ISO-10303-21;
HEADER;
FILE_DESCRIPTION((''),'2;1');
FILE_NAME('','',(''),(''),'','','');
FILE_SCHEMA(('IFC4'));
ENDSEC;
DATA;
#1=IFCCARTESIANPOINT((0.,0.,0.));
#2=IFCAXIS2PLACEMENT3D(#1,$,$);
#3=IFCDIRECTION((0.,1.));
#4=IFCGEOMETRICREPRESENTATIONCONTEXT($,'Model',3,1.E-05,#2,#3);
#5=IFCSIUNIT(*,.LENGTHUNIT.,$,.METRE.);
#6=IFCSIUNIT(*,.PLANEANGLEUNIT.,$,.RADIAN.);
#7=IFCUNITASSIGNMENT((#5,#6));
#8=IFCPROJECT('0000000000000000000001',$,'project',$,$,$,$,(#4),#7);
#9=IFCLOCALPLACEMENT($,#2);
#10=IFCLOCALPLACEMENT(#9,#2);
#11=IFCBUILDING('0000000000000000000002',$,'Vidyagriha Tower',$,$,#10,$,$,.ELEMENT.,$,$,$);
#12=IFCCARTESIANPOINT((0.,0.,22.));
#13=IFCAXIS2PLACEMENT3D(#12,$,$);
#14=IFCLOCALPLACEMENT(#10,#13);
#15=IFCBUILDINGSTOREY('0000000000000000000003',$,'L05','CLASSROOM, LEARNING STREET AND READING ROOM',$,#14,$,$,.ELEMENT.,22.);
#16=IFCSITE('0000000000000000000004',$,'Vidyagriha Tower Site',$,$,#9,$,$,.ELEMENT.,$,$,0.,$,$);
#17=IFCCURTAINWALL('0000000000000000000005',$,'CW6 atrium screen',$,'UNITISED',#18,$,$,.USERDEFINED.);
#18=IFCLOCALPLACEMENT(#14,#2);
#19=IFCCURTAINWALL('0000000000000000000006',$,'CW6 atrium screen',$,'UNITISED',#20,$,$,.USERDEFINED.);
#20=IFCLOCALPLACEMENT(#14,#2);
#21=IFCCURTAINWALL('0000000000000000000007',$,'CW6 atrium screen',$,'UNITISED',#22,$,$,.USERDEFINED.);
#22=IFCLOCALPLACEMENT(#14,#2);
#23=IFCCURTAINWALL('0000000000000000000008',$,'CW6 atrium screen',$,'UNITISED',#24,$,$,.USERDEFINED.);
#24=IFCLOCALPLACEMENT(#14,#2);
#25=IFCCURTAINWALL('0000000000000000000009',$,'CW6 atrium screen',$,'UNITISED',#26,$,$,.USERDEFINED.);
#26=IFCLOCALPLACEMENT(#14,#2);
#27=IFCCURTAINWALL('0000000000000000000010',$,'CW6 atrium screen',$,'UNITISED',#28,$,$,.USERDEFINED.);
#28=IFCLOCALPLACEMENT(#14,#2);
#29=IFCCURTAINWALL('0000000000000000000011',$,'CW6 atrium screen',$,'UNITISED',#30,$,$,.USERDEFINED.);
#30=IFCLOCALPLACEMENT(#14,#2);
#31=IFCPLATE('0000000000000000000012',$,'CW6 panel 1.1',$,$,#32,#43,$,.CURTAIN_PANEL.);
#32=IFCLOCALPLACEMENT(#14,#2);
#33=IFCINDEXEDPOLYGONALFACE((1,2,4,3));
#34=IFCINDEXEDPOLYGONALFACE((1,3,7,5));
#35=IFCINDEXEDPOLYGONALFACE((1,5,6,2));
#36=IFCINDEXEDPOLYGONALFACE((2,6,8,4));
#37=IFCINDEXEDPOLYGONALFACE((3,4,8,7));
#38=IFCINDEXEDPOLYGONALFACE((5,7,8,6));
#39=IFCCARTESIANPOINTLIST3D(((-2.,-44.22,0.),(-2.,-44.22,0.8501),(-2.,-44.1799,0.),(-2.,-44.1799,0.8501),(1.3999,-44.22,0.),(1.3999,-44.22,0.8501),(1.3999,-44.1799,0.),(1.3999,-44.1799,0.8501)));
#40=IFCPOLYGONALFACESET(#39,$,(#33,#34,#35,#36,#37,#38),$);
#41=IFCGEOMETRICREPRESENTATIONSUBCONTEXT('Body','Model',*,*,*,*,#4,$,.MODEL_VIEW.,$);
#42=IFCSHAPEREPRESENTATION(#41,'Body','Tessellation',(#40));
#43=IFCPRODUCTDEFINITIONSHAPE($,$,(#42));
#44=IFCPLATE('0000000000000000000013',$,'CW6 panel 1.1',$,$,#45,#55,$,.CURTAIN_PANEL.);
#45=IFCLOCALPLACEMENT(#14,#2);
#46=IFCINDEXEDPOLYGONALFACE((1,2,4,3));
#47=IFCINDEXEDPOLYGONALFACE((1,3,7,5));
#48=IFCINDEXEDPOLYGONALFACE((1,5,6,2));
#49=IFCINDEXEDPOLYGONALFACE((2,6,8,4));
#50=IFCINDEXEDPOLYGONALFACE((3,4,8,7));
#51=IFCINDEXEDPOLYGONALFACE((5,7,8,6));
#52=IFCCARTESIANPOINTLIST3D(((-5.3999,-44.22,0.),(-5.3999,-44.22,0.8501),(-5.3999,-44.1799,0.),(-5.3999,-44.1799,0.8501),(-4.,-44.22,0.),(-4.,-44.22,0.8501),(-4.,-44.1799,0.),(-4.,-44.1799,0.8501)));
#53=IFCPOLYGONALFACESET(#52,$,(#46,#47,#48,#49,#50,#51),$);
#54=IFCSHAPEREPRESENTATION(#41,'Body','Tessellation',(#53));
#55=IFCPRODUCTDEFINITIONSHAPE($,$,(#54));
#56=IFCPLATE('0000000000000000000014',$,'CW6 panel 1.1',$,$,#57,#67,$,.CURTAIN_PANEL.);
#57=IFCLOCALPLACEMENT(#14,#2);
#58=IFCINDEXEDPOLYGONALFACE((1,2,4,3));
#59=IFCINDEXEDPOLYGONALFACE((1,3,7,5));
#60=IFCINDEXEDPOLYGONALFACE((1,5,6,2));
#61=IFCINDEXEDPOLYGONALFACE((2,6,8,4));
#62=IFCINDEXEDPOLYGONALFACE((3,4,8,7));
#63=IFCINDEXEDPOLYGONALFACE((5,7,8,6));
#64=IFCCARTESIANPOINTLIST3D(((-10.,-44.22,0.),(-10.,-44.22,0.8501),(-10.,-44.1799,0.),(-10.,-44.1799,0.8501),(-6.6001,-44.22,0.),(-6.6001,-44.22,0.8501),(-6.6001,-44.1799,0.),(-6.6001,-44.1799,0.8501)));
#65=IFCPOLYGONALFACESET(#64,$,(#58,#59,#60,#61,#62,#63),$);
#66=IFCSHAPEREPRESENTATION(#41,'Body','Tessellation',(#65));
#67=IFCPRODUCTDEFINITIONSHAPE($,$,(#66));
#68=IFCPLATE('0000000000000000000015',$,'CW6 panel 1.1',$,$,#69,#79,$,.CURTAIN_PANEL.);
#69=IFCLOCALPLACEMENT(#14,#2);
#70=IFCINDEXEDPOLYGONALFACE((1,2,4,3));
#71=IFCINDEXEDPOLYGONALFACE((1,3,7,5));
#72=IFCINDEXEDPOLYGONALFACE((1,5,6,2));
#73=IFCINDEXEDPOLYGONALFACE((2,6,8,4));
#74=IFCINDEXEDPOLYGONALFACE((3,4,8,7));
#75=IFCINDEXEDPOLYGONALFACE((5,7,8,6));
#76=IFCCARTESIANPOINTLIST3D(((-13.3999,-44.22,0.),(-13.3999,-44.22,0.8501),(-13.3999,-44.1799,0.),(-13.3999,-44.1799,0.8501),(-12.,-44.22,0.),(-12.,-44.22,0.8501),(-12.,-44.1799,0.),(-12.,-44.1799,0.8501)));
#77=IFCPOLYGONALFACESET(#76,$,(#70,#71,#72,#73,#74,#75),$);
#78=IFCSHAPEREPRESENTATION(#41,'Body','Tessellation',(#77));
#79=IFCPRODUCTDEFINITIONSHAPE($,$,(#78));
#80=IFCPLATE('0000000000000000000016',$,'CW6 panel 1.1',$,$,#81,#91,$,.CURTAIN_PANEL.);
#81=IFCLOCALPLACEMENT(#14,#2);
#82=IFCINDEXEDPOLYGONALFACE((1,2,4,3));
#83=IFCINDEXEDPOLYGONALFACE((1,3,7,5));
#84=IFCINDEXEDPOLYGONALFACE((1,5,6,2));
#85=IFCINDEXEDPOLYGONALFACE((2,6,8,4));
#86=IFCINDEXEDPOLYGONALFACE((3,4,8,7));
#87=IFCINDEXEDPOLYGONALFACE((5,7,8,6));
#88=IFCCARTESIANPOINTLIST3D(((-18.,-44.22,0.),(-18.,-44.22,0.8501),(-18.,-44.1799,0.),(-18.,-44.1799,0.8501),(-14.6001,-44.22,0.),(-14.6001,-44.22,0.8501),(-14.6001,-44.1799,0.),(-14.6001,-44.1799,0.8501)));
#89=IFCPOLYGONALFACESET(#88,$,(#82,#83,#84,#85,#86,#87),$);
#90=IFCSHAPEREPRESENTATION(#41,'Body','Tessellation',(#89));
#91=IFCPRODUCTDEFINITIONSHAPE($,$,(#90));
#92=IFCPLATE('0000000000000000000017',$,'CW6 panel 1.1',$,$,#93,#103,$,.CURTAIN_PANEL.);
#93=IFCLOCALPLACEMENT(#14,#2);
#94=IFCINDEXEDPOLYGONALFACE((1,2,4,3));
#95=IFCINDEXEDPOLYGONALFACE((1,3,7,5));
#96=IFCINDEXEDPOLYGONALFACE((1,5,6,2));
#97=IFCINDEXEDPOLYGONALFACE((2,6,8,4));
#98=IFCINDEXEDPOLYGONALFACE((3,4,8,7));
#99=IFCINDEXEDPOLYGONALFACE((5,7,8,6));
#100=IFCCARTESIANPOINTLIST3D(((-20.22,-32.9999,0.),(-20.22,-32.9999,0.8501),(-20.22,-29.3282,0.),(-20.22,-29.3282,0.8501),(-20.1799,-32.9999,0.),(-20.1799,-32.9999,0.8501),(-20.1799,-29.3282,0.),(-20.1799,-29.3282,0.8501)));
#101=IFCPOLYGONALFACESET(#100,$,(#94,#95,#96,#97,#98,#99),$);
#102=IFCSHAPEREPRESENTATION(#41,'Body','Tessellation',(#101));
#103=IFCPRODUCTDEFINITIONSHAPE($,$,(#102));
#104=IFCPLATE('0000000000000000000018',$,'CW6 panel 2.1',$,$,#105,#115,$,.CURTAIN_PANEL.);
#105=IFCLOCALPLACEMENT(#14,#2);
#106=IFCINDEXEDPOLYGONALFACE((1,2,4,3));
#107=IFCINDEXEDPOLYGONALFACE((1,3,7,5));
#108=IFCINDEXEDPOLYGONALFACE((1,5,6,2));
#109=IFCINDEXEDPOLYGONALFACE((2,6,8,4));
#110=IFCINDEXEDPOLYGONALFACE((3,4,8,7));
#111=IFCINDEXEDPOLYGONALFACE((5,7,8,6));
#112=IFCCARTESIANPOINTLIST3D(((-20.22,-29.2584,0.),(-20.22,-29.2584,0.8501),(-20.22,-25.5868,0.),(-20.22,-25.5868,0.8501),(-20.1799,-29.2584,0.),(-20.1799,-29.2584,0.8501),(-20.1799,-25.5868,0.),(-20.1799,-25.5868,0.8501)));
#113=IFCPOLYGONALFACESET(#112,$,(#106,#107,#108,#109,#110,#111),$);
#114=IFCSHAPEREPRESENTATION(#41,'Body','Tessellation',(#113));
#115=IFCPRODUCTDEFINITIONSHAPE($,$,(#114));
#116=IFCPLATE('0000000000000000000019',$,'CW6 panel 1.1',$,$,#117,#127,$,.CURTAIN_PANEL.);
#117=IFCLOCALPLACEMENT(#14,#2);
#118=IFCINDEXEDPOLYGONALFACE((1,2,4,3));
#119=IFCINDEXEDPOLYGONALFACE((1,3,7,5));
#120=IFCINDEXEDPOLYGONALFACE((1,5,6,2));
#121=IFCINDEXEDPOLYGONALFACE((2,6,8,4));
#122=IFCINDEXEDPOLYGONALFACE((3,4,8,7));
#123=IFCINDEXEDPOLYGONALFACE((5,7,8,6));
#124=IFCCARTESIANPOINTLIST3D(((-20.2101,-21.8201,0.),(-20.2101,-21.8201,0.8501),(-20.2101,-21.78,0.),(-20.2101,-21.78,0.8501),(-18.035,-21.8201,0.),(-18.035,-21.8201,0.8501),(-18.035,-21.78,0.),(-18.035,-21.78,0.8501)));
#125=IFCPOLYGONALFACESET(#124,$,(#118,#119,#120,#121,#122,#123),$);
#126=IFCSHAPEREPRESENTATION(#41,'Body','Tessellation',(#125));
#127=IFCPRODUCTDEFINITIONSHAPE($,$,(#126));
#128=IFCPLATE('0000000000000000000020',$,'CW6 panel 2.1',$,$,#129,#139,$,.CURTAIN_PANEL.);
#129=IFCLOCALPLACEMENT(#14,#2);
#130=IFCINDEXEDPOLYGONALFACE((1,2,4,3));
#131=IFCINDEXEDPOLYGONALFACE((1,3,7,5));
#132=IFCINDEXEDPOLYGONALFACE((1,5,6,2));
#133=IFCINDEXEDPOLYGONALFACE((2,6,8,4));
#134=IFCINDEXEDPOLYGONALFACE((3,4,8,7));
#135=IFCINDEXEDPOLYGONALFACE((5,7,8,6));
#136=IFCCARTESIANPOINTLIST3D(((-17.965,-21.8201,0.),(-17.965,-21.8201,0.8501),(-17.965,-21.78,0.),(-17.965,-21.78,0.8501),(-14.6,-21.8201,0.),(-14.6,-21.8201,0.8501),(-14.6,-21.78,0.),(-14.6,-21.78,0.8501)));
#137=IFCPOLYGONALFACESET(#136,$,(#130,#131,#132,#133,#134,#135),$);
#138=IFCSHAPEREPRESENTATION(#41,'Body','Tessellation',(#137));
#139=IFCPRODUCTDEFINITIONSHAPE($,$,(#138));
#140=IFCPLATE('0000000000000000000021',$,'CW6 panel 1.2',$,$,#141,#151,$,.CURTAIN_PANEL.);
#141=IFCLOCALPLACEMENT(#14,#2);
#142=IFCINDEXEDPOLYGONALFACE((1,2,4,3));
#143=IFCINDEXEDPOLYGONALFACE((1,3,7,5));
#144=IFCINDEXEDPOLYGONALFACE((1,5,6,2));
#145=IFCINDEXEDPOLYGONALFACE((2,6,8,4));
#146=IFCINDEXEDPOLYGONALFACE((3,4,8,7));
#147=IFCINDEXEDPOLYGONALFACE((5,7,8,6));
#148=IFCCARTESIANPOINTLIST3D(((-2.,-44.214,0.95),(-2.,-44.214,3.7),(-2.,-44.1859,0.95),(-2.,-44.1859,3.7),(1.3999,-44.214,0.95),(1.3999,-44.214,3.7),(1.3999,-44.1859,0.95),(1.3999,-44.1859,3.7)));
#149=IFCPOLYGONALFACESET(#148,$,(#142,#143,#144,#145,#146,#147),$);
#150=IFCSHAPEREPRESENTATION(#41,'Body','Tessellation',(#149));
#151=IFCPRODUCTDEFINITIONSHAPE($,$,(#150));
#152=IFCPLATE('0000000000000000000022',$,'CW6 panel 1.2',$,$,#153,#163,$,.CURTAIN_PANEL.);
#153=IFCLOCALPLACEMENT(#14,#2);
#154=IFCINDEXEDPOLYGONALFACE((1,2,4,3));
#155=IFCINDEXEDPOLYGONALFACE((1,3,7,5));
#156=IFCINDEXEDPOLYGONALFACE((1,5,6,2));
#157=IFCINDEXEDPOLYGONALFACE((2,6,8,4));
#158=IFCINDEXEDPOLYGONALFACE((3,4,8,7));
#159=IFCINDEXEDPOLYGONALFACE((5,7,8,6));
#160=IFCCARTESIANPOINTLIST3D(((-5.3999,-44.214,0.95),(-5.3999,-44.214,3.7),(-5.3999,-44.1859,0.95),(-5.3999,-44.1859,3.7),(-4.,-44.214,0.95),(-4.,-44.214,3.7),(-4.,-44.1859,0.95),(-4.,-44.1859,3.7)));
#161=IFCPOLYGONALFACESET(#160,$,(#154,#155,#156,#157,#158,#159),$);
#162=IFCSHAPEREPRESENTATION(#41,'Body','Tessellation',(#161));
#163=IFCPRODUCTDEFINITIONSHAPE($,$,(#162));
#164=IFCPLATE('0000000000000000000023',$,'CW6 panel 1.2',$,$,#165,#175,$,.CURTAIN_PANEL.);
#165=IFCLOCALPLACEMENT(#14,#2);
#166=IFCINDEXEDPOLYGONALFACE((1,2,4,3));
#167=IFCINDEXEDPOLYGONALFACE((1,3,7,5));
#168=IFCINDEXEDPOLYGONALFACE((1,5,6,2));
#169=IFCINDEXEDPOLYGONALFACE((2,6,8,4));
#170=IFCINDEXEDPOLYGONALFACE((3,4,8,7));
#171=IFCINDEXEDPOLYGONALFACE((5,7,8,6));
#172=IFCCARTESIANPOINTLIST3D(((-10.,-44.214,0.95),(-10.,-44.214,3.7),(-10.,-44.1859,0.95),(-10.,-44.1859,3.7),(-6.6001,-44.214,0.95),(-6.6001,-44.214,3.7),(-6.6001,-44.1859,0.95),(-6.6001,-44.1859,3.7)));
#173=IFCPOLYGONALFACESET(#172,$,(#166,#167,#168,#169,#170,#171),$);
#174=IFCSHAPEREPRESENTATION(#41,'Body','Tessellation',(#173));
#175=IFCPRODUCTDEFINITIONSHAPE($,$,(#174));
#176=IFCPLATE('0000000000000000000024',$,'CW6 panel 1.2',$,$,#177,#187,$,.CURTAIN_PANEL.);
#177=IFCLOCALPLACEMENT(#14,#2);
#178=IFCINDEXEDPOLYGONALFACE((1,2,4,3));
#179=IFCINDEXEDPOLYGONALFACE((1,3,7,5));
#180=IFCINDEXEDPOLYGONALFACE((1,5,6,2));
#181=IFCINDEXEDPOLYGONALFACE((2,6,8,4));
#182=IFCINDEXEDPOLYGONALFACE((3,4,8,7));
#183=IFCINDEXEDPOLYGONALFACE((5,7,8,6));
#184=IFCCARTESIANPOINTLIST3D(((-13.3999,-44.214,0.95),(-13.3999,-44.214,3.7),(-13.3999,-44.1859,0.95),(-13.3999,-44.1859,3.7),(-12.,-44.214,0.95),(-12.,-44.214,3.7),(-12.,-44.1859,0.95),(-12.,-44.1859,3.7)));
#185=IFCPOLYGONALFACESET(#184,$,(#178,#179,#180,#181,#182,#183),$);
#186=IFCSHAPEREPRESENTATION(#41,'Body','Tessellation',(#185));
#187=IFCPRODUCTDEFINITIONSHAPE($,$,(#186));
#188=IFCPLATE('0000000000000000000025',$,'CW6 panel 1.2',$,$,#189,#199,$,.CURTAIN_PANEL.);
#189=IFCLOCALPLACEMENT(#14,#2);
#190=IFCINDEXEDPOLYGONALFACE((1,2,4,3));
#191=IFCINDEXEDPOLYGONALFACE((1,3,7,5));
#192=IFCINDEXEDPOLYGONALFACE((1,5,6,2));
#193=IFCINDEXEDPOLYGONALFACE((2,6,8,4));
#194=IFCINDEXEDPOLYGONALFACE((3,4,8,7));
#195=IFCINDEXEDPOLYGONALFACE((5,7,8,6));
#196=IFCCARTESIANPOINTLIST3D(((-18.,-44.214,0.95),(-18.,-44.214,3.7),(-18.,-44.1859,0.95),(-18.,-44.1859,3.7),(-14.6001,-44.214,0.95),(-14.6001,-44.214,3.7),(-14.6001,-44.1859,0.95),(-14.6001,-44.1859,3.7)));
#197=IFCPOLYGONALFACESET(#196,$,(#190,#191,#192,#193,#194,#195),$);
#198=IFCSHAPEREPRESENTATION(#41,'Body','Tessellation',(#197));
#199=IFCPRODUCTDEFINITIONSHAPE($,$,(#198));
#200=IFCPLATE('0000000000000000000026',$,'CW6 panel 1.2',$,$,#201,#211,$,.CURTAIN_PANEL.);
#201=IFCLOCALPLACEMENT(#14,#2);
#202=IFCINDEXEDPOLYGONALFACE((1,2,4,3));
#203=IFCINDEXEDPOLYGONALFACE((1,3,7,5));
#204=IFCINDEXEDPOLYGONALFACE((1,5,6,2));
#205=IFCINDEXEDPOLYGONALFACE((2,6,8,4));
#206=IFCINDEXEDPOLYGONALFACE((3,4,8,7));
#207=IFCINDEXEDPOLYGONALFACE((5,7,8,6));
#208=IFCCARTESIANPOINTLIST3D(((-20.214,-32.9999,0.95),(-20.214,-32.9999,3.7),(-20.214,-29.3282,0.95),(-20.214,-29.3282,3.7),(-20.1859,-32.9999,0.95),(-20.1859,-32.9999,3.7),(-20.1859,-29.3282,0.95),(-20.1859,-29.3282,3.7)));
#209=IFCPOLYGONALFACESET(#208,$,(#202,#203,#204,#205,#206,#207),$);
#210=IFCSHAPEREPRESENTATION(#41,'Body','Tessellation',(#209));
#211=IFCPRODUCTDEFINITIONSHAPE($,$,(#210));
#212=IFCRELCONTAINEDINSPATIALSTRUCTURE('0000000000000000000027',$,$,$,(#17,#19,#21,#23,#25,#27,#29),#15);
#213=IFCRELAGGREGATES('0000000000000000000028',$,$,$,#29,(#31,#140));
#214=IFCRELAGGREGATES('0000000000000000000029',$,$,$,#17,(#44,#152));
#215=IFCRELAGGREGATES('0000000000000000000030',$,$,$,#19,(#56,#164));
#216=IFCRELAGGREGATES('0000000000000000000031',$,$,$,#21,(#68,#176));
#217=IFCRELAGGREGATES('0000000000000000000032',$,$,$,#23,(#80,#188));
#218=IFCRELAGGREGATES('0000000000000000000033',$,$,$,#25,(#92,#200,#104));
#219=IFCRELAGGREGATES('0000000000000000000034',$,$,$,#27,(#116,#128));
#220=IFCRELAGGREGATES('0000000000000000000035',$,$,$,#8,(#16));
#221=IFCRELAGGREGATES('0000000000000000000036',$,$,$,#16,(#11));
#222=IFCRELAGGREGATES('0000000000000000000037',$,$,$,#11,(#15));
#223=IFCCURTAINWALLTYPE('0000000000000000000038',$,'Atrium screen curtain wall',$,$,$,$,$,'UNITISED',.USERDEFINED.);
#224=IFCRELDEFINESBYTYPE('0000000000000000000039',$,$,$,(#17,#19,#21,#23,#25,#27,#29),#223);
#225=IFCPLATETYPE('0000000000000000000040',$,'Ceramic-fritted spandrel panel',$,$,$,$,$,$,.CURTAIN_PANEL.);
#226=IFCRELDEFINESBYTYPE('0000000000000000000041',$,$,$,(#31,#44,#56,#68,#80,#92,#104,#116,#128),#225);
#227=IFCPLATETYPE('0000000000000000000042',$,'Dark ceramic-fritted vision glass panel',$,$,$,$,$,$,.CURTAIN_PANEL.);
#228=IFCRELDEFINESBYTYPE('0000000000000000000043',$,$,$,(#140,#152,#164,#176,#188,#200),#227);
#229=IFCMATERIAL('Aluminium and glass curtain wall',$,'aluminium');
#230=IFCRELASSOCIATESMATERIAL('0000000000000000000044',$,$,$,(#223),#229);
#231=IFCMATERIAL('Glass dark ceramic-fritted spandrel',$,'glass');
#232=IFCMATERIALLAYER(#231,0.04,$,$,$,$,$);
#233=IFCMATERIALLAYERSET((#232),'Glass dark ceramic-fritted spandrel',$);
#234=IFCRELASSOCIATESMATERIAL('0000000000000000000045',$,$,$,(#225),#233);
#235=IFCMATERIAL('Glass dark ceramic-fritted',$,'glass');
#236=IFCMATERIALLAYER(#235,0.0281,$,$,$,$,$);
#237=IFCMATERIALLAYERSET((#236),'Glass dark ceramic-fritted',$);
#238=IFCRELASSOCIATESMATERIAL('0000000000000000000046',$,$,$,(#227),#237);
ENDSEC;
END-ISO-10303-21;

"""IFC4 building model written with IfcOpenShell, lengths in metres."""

from ifc_helpers import new_model, si_unit, direction, frame, origin, origin_2d, place, context, subcontext, project, spatial, rectangle, extrude, material, layer, layer_set, type_object, element, aggregate, save


model = new_model("IFC4")

# Units and contexts
model_context = context("Model", 3, precision=1e-05, world=origin(), true_north=direction((0.0, 1.0)))
body_context = subcontext(model_context, "Body", "Model", "MODEL_VIEW")
ifc_project = project(units=[si_unit("LENGTHUNIT", "METRE"), si_unit("PLANEANGLEUNIT", "RADIAN")], contexts=[model_context])

# Site, building, storey
site_placement = place(None, origin())
site = spatial("IfcSite", under=ifc_project, at=site_placement, Name="Vidyagriha Tower Site", CompositionType="ELEMENT", RefElevation=0.0)
building_placement = place(site_placement, origin())
building = spatial("IfcBuilding", under=site, at=building_placement, Name="Vidyagriha Tower", CompositionType="ELEMENT")
storey_placement = place(building_placement, frame((0.0, 0.0, 22.0)))
storey = spatial("IfcBuildingStorey", under=building, at=storey_placement, Name="L05", Description="CLASSROOM, LEARNING STREET AND READING ROOM", CompositionType="ELEMENT", Elevation=22.0)

# Curtain walls
ifc_material_1 = material(Name="Aluminium and glass curtain wall", Category="aluminium")
curtain_wall_type = type_object("IfcCurtainWallType", Name="Atrium screen curtain wall", ElementType="UNITISED", PredefinedType="USERDEFINED", material=ifc_material_1)
curtain_wall_1_placement = place(storey_placement, origin())
curtain_wall_1 = element("IfcCurtainWall", 1, at=curtain_wall_1_placement, inside=storey, type_object=curtain_wall_type, Name="CW6 atrium screen", ObjectType="UNITISED", PredefinedType="USERDEFINED")
curtain_wall_2_placement = place(storey_placement, origin())
curtain_wall_2 = element("IfcCurtainWall", 2, at=curtain_wall_2_placement, inside=storey, type_object=curtain_wall_type, Name="CW6 atrium screen", ObjectType="UNITISED", PredefinedType="USERDEFINED")
curtain_wall_3_placement = place(storey_placement, origin())
curtain_wall_3 = element("IfcCurtainWall", 3, at=curtain_wall_3_placement, inside=storey, type_object=curtain_wall_type, Name="CW6 atrium screen", ObjectType="UNITISED", PredefinedType="USERDEFINED")
curtain_wall_4_placement = place(storey_placement, origin())
curtain_wall_4 = element("IfcCurtainWall", 4, at=curtain_wall_4_placement, inside=storey, type_object=curtain_wall_type, Name="CW6 atrium screen", ObjectType="UNITISED", PredefinedType="USERDEFINED")
curtain_wall_5_placement = place(storey_placement, origin())
curtain_wall_5 = element("IfcCurtainWall", 5, at=curtain_wall_5_placement, inside=storey, type_object=curtain_wall_type, Name="CW6 atrium screen", ObjectType="UNITISED", PredefinedType="USERDEFINED")

# Curtain wall
curtain_wall_6_placement = place(storey_placement, origin())
curtain_wall_6 = element("IfcCurtainWall", 6, at=curtain_wall_6_placement, inside=storey, type_object=curtain_wall_type, Name="CW6 atrium screen", ObjectType="UNITISED", PredefinedType="USERDEFINED")

# Curtain wall, plate
curtain_wall_7_placement = place(storey_placement, origin())
curtain_wall_7 = element("IfcCurtainWall", 7, at=curtain_wall_7_placement, inside=storey, type_object=curtain_wall_type, Name="CW6 atrium screen", ObjectType="UNITISED", PredefinedType="USERDEFINED")
ifc_material_2 = material(Name="Glass dark ceramic-fritted spandrel", Category="glass")
ifc_layer_1 = layer(ifc_material_2, 0.04)
ifc_layer_set_1 = layer_set([ifc_layer_1], Name="Glass dark ceramic-fritted spandrel")
plate_type_1 = type_object("IfcPlateType", Name="Ceramic-fritted spandrel panel", PredefinedType="CURTAIN_PANEL", material=ifc_layer_set_1)
plate_1_placement = place(storey_placement, frame((-0.3, -44.2, 0.0), z_axis=(0.0, 0.0, 1.0), x_axis=(-1.0, 0.0, 0.0)))
plate_1 = element("IfcPlate", 8, at=plate_1_placement, type_object=plate_type_1, Name="CW6 panel 1.1", PredefinedType="CURTAIN_PANEL", context=body_context, shape_type="SweptSolid", body=[
    extrude(rectangle(XDim=3.3999, YDim=0.04, at=origin_2d()), origin(), (0.0, 0.0, 1.0), 0.8501),
])

# Plates
plate_2_placement = place(storey_placement, frame((-4.7, -44.2, 0.0), z_axis=(0.0, 0.0, 1.0), x_axis=(-1.0, 0.0, 0.0)))
plate_2 = element("IfcPlate", 9, at=plate_2_placement, type_object=plate_type_1, Name="CW6 panel 1.1", PredefinedType="CURTAIN_PANEL", context=body_context, shape_type="SweptSolid", body=[
    extrude(rectangle(XDim=1.3999, YDim=0.04, at=origin_2d()), origin(), (0.0, 0.0, 1.0), 0.8501),
])
plate_3_placement = place(storey_placement, frame((-8.3, -44.2, 0.0), z_axis=(0.0, 0.0, 1.0), x_axis=(-1.0, 0.0, 0.0)))
plate_3 = element("IfcPlate", 10, at=plate_3_placement, type_object=plate_type_1, Name="CW6 panel 1.1", PredefinedType="CURTAIN_PANEL", context=body_context, shape_type="SweptSolid", body=[
    extrude(rectangle(XDim=3.3999, YDim=0.04, at=origin_2d()), origin(), (0.0, 0.0, 1.0), 0.8501),
])
plate_4_placement = place(storey_placement, frame((-12.7, -44.2, 0.0), z_axis=(0.0, 0.0, 1.0), x_axis=(-1.0, 0.0, 0.0)))
plate_4 = element("IfcPlate", 11, at=plate_4_placement, type_object=plate_type_1, Name="CW6 panel 1.1", PredefinedType="CURTAIN_PANEL", context=body_context, shape_type="SweptSolid", body=[
    extrude(rectangle(XDim=1.3999, YDim=0.04, at=origin_2d()), origin(), (0.0, 0.0, 1.0), 0.8501),
])
plate_5_placement = place(storey_placement, frame((-16.3, -44.2, 0.0), z_axis=(0.0, 0.0, 1.0), x_axis=(-1.0, 0.0, 0.0)))
plate_5 = element("IfcPlate", 12, at=plate_5_placement, type_object=plate_type_1, Name="CW6 panel 1.1", PredefinedType="CURTAIN_PANEL", context=body_context, shape_type="SweptSolid", body=[
    extrude(rectangle(XDim=3.3999, YDim=0.04, at=origin_2d()), origin(), (0.0, 0.0, 1.0), 0.8501),
])
plate_6_placement = place(storey_placement, frame((-20.2, -31.1641, 0.0), z_axis=(0.0, 0.0, 1.0), x_axis=(0.0, 1.0, 0.0)))
plate_6 = element("IfcPlate", 13, at=plate_6_placement, type_object=plate_type_1, Name="CW6 panel 1.1", PredefinedType="CURTAIN_PANEL", context=body_context, shape_type="SweptSolid", body=[
    extrude(rectangle(XDim=3.6716, YDim=0.04, at=origin_2d()), origin(), (0.0, 0.0, 1.0), 0.8501),
])
plate_7_placement = place(storey_placement, frame((-20.2, -27.4226, 0.0), z_axis=(0.0, 0.0, 1.0), x_axis=(0.0, 1.0, 0.0)))
plate_7 = element("IfcPlate", 14, at=plate_7_placement, type_object=plate_type_1, Name="CW6 panel 2.1", PredefinedType="CURTAIN_PANEL", context=body_context, shape_type="SweptSolid", body=[
    extrude(rectangle(XDim=3.6716, YDim=0.04, at=origin_2d()), origin(), (0.0, 0.0, 1.0), 0.8501),
])
plate_8_placement = place(storey_placement, frame((-19.1226, -21.8, 0.0)))
plate_8 = element("IfcPlate", 15, at=plate_8_placement, type_object=plate_type_1, Name="CW6 panel 1.1", PredefinedType="CURTAIN_PANEL", context=body_context, shape_type="SweptSolid", body=[
    extrude(rectangle(XDim=2.175, YDim=0.04, at=origin_2d()), origin(), (0.0, 0.0, 1.0), 0.8501),
])
plate_9_placement = place(storey_placement, frame((-16.2825, -21.8, 0.0)))
plate_9 = element("IfcPlate", 16, at=plate_9_placement, type_object=plate_type_1, Name="CW6 panel 2.1", PredefinedType="CURTAIN_PANEL", context=body_context, shape_type="SweptSolid", body=[
    extrude(rectangle(XDim=3.365, YDim=0.04, at=origin_2d()), origin(), (0.0, 0.0, 1.0), 0.8501),
])
ifc_material_3 = material(Name="Glass dark ceramic-fritted", Category="glass")
ifc_layer_2 = layer(ifc_material_3, 0.0281)
ifc_layer_set_2 = layer_set([ifc_layer_2], Name="Glass dark ceramic-fritted")
plate_type_2 = type_object("IfcPlateType", Name="Dark ceramic-fritted vision glass panel", PredefinedType="CURTAIN_PANEL", material=ifc_layer_set_2)
plate_10_placement = place(storey_placement, frame((-0.3, -44.2, 0.95), z_axis=(0.0, 0.0, 1.0), x_axis=(-1.0, 0.0, 0.0)))
plate_10 = element("IfcPlate", 17, at=plate_10_placement, type_object=plate_type_2, Name="CW6 panel 1.2", PredefinedType="CURTAIN_PANEL", context=body_context, shape_type="SweptSolid", body=[
    extrude(rectangle(XDim=3.3999, YDim=0.0281, at=origin_2d()), origin(), (0.0, 0.0, 1.0), 2.75),
])
aggregate(curtain_wall_7, [plate_1, plate_10])
plate_11_placement = place(storey_placement, frame((-4.7, -44.2, 0.95), z_axis=(0.0, 0.0, 1.0), x_axis=(-1.0, 0.0, 0.0)))
plate_11 = element("IfcPlate", 18, at=plate_11_placement, type_object=plate_type_2, Name="CW6 panel 1.2", PredefinedType="CURTAIN_PANEL", context=body_context, shape_type="SweptSolid", body=[
    extrude(rectangle(XDim=1.3999, YDim=0.0281, at=origin_2d()), origin(), (0.0, 0.0, 1.0), 2.75),
])
aggregate(curtain_wall_1, [plate_2, plate_11])
plate_12_placement = place(storey_placement, frame((-8.3, -44.2, 0.95), z_axis=(0.0, 0.0, 1.0), x_axis=(-1.0, 0.0, 0.0)))
plate_12 = element("IfcPlate", 19, at=plate_12_placement, type_object=plate_type_2, Name="CW6 panel 1.2", PredefinedType="CURTAIN_PANEL", context=body_context, shape_type="SweptSolid", body=[
    extrude(rectangle(XDim=3.3999, YDim=0.0281, at=origin_2d()), origin(), (0.0, 0.0, 1.0), 2.75),
])
aggregate(curtain_wall_2, [plate_3, plate_12])
plate_13_placement = place(storey_placement, frame((-12.7, -44.2, 0.95), z_axis=(0.0, 0.0, 1.0), x_axis=(-1.0, 0.0, 0.0)))
plate_13 = element("IfcPlate", 20, at=plate_13_placement, type_object=plate_type_2, Name="CW6 panel 1.2", PredefinedType="CURTAIN_PANEL", context=body_context, shape_type="SweptSolid", body=[
    extrude(rectangle(XDim=1.3999, YDim=0.0281, at=origin_2d()), origin(), (0.0, 0.0, 1.0), 2.75),
])
aggregate(curtain_wall_3, [plate_4, plate_13])
plate_14_placement = place(storey_placement, frame((-16.3, -44.2, 0.95), z_axis=(0.0, 0.0, 1.0), x_axis=(-1.0, 0.0, 0.0)))
plate_14 = element("IfcPlate", 21, at=plate_14_placement, type_object=plate_type_2, Name="CW6 panel 1.2", PredefinedType="CURTAIN_PANEL", context=body_context, shape_type="SweptSolid", body=[
    extrude(rectangle(XDim=3.3999, YDim=0.0281, at=origin_2d()), origin(), (0.0, 0.0, 1.0), 2.75),
])
aggregate(curtain_wall_4, [plate_5, plate_14])
plate_15_placement = place(storey_placement, frame((-20.2, -31.1641, 0.95), z_axis=(0.0, 0.0, 1.0), x_axis=(0.0, 1.0, 0.0)))
plate_15 = element("IfcPlate", 22, at=plate_15_placement, type_object=plate_type_2, Name="CW6 panel 1.2", PredefinedType="CURTAIN_PANEL", context=body_context, shape_type="SweptSolid", body=[
    extrude(rectangle(XDim=3.6716, YDim=0.0281, at=origin_2d()), origin(), (0.0, 0.0, 1.0), 2.75),
])
aggregate(curtain_wall_5, [plate_6, plate_15, plate_7])
aggregate(curtain_wall_6, [plate_8, plate_9])

save(model, "model.ifc")
